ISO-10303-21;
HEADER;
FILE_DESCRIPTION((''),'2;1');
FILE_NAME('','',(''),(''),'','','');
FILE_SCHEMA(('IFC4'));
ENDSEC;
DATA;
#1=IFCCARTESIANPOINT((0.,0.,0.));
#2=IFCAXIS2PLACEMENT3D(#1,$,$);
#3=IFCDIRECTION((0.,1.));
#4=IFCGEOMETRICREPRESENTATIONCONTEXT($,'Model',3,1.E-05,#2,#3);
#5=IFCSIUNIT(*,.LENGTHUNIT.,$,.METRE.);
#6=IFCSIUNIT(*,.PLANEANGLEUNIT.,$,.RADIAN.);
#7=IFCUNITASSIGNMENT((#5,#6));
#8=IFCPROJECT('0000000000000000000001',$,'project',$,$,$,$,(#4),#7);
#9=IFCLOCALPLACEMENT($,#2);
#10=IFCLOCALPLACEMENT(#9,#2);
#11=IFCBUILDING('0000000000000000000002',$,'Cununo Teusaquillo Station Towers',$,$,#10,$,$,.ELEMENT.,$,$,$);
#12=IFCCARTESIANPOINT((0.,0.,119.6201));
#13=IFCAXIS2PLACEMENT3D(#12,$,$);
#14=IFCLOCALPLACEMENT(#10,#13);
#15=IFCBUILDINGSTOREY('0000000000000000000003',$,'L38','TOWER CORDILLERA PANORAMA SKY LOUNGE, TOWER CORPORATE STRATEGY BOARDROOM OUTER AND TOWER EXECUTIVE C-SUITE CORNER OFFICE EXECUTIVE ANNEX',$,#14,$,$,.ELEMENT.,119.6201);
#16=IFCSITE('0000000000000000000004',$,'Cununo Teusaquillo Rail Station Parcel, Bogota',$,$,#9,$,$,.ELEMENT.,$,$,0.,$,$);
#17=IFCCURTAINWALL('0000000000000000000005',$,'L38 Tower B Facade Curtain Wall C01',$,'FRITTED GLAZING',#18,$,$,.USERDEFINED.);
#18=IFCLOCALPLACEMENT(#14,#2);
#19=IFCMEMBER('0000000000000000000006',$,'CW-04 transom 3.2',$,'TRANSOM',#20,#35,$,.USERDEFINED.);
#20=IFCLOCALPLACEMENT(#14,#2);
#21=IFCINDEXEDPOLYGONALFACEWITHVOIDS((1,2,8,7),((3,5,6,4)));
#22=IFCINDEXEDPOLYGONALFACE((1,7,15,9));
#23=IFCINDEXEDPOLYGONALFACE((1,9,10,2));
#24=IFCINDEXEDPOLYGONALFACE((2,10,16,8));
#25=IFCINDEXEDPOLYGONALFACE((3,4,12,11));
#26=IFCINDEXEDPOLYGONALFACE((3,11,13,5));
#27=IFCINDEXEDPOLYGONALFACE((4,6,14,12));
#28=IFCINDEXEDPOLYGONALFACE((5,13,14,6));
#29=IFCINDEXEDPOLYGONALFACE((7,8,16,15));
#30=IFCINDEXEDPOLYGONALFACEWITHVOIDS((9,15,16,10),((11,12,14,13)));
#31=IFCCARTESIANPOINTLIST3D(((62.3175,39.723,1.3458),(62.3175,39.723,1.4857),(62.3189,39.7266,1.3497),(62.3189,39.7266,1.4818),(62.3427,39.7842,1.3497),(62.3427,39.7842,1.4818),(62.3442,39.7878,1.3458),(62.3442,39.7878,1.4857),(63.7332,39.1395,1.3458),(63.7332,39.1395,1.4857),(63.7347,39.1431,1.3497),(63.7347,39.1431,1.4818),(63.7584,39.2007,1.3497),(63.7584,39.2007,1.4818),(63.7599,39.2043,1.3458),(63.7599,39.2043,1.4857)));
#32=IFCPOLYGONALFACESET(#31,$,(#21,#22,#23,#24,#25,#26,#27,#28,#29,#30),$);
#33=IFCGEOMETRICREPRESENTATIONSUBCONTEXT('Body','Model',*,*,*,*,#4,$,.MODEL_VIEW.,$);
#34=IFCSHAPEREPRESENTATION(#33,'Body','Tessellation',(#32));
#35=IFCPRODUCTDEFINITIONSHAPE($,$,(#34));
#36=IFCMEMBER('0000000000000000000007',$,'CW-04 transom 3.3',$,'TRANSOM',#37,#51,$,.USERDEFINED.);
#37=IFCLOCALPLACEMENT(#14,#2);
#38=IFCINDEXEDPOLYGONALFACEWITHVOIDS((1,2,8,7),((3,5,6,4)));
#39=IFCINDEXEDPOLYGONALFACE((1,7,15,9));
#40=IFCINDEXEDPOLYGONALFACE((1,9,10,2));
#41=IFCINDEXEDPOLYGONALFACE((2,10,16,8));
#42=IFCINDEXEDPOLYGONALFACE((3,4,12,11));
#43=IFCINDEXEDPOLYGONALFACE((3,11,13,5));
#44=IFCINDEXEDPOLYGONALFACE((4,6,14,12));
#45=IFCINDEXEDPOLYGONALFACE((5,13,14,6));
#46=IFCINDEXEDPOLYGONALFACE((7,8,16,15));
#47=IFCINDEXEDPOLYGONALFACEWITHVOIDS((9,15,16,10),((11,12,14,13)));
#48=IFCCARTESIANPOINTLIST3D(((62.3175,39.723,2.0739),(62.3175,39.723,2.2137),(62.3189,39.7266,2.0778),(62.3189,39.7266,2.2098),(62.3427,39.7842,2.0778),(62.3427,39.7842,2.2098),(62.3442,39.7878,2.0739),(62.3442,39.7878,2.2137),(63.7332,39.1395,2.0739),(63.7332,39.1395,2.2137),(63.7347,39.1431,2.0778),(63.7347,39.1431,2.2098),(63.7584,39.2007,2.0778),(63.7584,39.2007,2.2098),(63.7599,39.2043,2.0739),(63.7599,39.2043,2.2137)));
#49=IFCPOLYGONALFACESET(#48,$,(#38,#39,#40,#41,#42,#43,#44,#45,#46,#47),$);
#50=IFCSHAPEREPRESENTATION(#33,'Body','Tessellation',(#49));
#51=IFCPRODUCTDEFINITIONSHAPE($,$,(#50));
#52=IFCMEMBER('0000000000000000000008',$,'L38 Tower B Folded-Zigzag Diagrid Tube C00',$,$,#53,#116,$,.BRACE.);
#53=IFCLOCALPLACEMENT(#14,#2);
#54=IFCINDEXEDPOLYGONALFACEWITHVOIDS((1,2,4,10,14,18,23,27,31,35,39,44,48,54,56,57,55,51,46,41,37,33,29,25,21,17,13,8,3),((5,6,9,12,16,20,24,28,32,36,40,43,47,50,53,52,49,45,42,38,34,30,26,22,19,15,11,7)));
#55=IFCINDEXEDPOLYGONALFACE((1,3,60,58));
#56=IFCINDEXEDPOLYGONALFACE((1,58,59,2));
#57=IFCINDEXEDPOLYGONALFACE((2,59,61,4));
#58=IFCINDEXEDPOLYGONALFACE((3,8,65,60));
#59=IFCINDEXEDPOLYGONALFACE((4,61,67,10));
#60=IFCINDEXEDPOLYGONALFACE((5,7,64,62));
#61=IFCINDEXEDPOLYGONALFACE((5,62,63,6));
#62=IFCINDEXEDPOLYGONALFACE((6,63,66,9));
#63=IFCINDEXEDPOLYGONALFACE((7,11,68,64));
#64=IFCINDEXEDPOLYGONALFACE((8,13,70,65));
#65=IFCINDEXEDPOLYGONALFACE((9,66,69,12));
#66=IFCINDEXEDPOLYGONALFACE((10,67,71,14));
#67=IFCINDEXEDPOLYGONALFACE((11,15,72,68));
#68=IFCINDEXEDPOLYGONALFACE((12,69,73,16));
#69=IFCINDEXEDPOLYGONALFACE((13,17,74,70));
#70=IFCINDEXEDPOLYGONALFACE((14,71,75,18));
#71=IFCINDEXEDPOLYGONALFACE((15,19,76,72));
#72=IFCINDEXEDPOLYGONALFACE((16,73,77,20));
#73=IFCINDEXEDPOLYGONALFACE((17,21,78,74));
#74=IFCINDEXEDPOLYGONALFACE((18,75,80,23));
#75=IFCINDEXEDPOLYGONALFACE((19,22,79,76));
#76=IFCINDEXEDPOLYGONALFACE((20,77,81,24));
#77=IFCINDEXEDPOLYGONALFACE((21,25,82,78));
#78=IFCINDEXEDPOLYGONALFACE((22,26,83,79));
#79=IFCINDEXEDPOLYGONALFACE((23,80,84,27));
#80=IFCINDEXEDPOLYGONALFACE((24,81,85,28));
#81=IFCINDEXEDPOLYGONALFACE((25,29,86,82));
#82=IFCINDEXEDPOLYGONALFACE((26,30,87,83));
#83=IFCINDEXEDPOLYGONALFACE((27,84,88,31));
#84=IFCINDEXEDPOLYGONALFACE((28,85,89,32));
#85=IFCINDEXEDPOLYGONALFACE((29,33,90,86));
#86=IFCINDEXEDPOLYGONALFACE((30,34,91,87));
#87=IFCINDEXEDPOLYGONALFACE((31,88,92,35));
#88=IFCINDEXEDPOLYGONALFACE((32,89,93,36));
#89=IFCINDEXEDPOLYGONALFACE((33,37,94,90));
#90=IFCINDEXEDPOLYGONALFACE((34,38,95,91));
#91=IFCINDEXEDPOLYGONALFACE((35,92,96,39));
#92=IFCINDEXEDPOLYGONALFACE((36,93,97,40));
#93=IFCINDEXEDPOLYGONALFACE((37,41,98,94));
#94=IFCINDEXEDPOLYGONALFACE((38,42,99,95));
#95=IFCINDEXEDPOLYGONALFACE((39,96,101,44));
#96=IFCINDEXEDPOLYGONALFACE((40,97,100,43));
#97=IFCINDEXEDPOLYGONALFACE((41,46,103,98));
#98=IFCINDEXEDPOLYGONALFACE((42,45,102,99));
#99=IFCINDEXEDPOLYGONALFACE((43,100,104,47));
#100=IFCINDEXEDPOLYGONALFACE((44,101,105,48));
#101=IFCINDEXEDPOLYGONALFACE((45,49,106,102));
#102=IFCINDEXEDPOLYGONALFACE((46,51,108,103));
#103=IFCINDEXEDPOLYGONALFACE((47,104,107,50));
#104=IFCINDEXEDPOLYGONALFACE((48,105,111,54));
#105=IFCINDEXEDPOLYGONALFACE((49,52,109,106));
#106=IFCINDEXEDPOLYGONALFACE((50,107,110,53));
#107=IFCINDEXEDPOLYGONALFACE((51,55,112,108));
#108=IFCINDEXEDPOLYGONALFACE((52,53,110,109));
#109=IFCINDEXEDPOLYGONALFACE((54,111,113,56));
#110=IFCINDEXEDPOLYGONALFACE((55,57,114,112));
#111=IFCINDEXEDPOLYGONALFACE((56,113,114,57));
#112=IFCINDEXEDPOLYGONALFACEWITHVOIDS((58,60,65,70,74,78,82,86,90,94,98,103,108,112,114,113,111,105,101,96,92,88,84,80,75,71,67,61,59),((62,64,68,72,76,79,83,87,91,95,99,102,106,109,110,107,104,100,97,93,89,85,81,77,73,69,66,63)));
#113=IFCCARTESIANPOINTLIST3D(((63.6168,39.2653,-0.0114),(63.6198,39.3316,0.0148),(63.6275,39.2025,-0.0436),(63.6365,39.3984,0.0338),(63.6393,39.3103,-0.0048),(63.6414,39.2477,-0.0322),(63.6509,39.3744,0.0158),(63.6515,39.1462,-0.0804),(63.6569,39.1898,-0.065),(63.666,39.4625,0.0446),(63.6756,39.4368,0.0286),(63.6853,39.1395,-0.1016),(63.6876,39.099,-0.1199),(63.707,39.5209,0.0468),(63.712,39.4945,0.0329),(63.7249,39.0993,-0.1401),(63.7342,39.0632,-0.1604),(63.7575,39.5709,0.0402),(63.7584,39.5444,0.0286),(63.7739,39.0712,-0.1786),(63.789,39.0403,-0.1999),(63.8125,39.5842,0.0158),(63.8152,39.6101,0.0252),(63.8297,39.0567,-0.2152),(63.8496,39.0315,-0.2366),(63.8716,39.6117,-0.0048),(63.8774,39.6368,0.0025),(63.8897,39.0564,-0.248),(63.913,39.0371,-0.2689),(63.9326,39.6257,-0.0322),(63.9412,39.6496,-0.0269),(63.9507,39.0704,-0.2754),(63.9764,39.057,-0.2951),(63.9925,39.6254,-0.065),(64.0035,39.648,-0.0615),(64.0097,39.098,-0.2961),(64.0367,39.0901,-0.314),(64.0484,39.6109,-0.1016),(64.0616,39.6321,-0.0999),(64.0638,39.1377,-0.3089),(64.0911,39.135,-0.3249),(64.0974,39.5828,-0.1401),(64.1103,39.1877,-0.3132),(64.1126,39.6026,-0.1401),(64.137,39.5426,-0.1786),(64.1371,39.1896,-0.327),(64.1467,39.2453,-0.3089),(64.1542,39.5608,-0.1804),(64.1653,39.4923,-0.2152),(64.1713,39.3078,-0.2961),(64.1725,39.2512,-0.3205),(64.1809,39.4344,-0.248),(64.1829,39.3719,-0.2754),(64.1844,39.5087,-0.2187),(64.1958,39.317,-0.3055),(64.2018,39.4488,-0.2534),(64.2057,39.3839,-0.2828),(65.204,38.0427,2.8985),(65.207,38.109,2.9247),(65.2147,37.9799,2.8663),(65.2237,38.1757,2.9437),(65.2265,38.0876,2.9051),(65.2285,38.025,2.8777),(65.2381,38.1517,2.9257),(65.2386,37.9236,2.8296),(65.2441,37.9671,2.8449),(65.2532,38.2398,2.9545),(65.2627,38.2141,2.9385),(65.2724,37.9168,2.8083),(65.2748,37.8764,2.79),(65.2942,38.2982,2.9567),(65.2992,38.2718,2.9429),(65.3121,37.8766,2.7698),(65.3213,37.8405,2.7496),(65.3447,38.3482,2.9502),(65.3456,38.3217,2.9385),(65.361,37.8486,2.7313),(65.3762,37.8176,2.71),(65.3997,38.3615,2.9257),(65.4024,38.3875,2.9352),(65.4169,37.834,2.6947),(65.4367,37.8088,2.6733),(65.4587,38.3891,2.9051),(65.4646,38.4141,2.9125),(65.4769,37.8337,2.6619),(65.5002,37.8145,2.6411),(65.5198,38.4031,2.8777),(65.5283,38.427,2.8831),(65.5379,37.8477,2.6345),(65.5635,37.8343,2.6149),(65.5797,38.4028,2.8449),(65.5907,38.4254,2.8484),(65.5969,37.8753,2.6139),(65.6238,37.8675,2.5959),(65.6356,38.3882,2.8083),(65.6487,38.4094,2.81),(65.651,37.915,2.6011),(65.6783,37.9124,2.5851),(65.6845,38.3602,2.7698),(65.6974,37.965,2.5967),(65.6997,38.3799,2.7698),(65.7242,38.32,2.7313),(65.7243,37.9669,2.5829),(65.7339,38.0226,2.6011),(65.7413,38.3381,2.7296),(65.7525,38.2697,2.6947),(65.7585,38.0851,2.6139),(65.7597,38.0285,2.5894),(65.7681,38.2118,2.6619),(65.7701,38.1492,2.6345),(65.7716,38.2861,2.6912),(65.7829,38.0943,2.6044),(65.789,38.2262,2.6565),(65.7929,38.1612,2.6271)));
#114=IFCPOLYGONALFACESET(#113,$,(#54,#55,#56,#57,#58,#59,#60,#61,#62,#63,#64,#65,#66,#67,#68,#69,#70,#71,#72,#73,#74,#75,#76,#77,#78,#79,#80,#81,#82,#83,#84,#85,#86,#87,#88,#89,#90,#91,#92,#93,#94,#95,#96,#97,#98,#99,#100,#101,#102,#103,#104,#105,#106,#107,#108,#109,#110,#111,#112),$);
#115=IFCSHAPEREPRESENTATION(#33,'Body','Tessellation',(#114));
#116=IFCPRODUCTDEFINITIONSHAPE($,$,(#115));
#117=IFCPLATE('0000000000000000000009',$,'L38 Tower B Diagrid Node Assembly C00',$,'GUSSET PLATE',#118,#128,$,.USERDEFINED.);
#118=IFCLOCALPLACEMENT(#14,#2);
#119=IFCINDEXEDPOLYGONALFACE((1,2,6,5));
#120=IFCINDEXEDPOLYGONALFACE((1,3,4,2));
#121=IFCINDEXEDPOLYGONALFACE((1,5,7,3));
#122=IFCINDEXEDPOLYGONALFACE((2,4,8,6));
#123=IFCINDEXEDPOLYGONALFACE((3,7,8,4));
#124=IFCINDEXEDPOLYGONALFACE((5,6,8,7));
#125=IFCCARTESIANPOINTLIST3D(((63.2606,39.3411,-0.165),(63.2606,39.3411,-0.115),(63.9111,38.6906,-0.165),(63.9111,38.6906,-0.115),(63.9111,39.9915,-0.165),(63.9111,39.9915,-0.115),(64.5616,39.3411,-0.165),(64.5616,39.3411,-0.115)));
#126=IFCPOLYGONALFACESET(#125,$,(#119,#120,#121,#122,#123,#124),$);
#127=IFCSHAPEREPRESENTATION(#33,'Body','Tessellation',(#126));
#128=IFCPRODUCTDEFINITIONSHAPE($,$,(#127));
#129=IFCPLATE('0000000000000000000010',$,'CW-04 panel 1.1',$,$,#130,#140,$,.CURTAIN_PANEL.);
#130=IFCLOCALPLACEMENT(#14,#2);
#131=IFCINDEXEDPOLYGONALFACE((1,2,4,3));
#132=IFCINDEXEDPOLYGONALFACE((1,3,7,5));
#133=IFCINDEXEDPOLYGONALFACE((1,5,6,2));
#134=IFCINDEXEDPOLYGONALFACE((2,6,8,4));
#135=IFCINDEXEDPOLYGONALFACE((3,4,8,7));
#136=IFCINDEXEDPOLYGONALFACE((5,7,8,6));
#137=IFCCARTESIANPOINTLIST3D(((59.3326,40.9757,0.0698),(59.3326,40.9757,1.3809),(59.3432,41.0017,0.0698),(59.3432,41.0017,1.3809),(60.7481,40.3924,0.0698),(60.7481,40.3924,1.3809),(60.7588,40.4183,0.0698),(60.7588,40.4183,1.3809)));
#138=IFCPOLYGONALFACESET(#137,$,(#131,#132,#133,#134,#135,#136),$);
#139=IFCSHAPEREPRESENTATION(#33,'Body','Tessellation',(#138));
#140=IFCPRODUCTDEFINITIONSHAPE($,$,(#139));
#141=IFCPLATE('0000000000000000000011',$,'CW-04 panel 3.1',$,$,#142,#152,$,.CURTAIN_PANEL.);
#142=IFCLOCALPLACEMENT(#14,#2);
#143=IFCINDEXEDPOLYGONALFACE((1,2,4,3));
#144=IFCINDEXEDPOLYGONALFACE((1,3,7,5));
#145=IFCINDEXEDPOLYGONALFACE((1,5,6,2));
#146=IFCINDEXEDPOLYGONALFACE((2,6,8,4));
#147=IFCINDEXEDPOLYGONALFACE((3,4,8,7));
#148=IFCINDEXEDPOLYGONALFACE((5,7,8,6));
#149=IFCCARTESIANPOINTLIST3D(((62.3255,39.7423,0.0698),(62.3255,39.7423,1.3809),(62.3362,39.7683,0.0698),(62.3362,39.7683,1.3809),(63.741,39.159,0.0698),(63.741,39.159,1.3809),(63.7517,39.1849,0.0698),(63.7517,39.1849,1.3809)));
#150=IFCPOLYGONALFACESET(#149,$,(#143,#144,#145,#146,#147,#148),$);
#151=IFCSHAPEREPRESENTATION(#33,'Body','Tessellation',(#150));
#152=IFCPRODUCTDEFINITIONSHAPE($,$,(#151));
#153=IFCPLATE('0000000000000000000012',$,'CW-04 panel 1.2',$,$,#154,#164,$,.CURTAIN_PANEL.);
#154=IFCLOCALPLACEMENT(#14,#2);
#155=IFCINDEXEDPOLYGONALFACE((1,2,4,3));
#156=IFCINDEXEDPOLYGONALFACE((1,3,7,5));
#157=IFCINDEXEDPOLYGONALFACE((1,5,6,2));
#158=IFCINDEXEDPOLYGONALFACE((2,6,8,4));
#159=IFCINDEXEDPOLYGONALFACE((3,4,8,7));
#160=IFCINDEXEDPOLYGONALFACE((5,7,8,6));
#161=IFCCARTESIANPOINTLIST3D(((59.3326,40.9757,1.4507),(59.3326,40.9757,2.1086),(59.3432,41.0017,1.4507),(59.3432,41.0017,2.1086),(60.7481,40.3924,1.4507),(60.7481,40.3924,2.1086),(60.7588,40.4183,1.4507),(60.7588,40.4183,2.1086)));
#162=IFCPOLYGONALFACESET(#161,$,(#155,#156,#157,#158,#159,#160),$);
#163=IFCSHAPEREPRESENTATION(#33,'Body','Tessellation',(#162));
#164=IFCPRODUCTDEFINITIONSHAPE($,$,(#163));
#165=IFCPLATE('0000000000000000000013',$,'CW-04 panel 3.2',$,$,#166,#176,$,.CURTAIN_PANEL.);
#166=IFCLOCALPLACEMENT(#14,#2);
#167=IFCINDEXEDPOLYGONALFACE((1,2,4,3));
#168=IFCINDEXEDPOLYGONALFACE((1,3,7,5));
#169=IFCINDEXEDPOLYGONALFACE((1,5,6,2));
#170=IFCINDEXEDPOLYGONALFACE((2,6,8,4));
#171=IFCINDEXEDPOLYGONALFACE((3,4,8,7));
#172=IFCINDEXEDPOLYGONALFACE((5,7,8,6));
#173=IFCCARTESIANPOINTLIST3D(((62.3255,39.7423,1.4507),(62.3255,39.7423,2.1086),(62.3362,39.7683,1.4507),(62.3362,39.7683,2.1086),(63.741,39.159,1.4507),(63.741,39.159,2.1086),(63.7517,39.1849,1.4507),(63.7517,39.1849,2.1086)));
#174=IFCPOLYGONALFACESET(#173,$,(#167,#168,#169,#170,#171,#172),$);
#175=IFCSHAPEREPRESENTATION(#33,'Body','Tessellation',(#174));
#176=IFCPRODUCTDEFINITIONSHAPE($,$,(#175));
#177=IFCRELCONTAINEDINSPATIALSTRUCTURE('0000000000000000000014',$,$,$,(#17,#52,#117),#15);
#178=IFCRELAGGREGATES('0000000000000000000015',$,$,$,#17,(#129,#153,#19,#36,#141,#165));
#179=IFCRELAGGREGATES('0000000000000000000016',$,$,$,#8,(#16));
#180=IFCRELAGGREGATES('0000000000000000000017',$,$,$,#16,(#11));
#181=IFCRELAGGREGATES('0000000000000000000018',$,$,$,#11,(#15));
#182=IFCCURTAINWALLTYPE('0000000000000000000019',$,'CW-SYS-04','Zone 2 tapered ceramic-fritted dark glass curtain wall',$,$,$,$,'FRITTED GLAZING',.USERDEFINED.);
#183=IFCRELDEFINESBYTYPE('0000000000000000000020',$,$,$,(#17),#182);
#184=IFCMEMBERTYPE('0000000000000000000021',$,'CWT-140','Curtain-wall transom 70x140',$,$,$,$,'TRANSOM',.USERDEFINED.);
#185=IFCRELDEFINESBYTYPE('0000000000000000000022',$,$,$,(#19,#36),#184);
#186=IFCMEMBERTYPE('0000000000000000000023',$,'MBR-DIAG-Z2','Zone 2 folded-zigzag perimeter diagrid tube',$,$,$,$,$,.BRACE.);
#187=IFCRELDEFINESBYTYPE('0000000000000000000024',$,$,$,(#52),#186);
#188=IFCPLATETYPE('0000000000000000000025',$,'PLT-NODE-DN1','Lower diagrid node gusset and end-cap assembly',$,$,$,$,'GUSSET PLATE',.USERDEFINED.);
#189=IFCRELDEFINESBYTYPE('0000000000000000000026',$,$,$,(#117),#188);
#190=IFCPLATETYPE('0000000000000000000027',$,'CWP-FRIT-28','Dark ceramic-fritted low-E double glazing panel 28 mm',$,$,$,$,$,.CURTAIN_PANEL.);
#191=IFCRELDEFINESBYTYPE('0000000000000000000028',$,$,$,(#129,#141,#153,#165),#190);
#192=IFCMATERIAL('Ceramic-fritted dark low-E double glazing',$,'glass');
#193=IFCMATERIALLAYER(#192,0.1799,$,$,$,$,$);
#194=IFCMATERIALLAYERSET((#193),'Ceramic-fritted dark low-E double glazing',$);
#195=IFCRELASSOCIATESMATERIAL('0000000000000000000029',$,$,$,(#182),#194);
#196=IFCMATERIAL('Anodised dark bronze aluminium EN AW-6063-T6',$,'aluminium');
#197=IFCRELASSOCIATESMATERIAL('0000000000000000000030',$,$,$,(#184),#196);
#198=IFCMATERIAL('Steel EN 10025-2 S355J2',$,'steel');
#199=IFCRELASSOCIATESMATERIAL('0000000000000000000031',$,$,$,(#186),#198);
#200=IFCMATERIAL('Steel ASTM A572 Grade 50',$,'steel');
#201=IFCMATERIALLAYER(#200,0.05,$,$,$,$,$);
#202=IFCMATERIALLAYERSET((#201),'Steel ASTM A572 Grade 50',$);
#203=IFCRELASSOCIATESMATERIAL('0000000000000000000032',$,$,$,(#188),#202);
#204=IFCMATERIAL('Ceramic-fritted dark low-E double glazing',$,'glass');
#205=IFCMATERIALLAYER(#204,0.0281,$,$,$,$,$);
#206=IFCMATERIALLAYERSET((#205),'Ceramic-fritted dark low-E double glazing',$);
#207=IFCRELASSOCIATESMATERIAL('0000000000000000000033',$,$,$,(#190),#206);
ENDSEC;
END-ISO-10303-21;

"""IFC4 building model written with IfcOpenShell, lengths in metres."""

from ifc_helpers import new_model, si_unit, direction, frame, origin, origin_2d, place, context, subcontext, project, spatial, rectangle, hollow_rectangle, hollow_circle, extrude, source, transform, mapped, material, layer, layer_set, material_profile, profile_set, type_object, element, aggregate, save


model = new_model("IFC4")

# Units and contexts
model_context = context("Model", 3, precision=1e-05, world=origin(), true_north=direction((0.0, 1.0)))
body_context = subcontext(model_context, "Body", "Model", "MODEL_VIEW")
ifc_project = project(units=[si_unit("LENGTHUNIT", "METRE"), si_unit("PLANEANGLEUNIT", "RADIAN")], contexts=[model_context])

# Site, building, storey
site_placement = place(None, origin())
site = spatial("IfcSite", under=ifc_project, at=site_placement, Name="Cununo Teusaquillo Rail Station Parcel, Bogota", CompositionType="ELEMENT", RefElevation=0.0)
building_placement = place(site_placement, origin())
building = spatial("IfcBuilding", under=site, at=building_placement, Name="Cununo Teusaquillo Station Towers", CompositionType="ELEMENT")
storey_placement = place(building_placement, frame((0.0, 0.0, 119.6201)))
storey = spatial("IfcBuildingStorey", under=building, at=storey_placement, Name="L38", Description="TOWER CORDILLERA PANORAMA SKY LOUNGE, TOWER CORPORATE STRATEGY BOARDROOM OUTER AND TOWER EXECUTIVE C-SUITE CORNER OFFICE EXECUTIVE ANNEX", CompositionType="ELEMENT", Elevation=119.6201)

# Curtain wall, members
ifc_material_1 = material(Name="Ceramic-fritted dark low-E double glazing", Category="glass")
ifc_layer_1 = layer(ifc_material_1, 0.1799)
ifc_layer_set_1 = layer_set([ifc_layer_1], Name="Ceramic-fritted dark low-E double glazing")
curtain_wall_type = type_object("IfcCurtainWallType", Name="CW-SYS-04", Description="Zone 2 tapered ceramic-fritted dark glass curtain wall", ElementType="FRITTED GLAZING", PredefinedType="USERDEFINED", material=ifc_layer_set_1)
curtain_wall_placement = place(storey_placement, origin())
curtain_wall = element("IfcCurtainWall", 1, at=curtain_wall_placement, inside=storey, type_object=curtain_wall_type, Name="L38 Tower B Facade Curtain Wall C01", ObjectType="FRITTED GLAZING", PredefinedType="USERDEFINED")
ifc_material_2 = material(Name="Anodised dark bronze aluminium EN AW-6063-T6", Category="aluminium")
ifc_material_profile_1 = material_profile(ifc_material_2, hollow_rectangle(XDim=0.0701, YDim=0.1399, WallThickness=0.0039, at=origin_2d()), Name="CW-TRAN-70x140")
ifc_profile_set_1 = profile_set([ifc_material_profile_1], Name="Anodised dark bronze aluminium EN AW-6063-T6")
member_type_1 = type_object("IfcMemberType", Name="CWT-140", Description="Curtain-wall transom 70x140", ElementType="TRANSOM", PredefinedType="USERDEFINED", material=ifc_profile_set_1)
member_1_placement = place(storey_placement, frame((62.3308, 39.7554, 1.4158), z_axis=(0.924556, -0.381046, 0.0), x_axis=(0.381046, 0.924556, 0.0)))
member_1 = element("IfcMember", 2, at=member_1_placement, type_object=member_type_1, Name="CW-04 transom 3.2", ObjectType="TRANSOM", PredefinedType="USERDEFINED", context=body_context, shape_type="SweptSolid", body=[
    extrude(hollow_rectangle(XDim=0.0701, YDim=0.1399, WallThickness=0.0039, at=origin_2d()), origin(), (0.0, 0.0, 1.0), 1.5312),
])
member_2_placement = place(storey_placement, frame((62.3308, 39.7554, 2.1438), z_axis=(0.924556, -0.381046, 0.0), x_axis=(0.381046, 0.924556, 0.0)))
member_2 = element("IfcMember", 3, at=member_2_placement, type_object=member_type_1, Name="CW-04 transom 3.3", ObjectType="TRANSOM", PredefinedType="USERDEFINED", context=body_context, shape_type="SweptSolid", body=[
    extrude(hollow_rectangle(XDim=0.0701, YDim=0.1399, WallThickness=0.0039, at=origin_2d()), origin(), (0.0, 0.0, 1.0), 1.5312),
])

# Member
ifc_material_3 = material(Name="Steel EN 10025-2 S355J2", Category="steel")
ifc_material_profile_2 = material_profile(ifc_material_3, hollow_circle(Radius=0.3301, WallThickness=0.0249, at=origin_2d()), Name="CHS 660x25")
ifc_profile_set_2 = profile_set([ifc_material_profile_2], Name="Steel EN 10025-2 S355J2")
member_type_2 = type_object("IfcMemberType", Name="MBR-DIAG-Z2", Description="Zone 2 folded-zigzag perimeter diagrid tube", PredefinedType="BRACE", material=ifc_profile_set_2)
member_3_placement = place(storey_placement, frame((63.9111, 39.3411, -0.1401), z_axis=(0.449248, -0.346075, 0.823656), x_axis=(0.610264, 0.792198, 0.0)))
element("IfcMember", 4, at=member_3_placement, inside=storey, type_object=member_type_2, Name="L38 Tower B Folded-Zigzag Diagrid Tube C00", PredefinedType="BRACE", context=body_context, shape_type="SweptSolid", body=[
    extrude(hollow_circle(Radius=0.3301, WallThickness=0.0249, at=origin_2d()), origin(), (0.0, 0.0, 1.0), 3.533),
])

# Plates
ifc_material_4 = material(Name="Steel ASTM A572 Grade 50", Category="steel")
ifc_layer_2 = layer(ifc_material_4, 0.05)
ifc_layer_set_2 = layer_set([ifc_layer_2], Name="Steel ASTM A572 Grade 50")
plate_type_1 = type_object("IfcPlateType", Name="PLT-NODE-DN1", Description="Lower diagrid node gusset and end-cap assembly", ElementType="GUSSET PLATE", PredefinedType="USERDEFINED", material=ifc_layer_set_2)
shared_shape_1 = source(origin(), body_context, "Body", "SweptSolid", [
    extrude(rectangle(XDim=0.9199, YDim=0.9199, at=origin_2d()), origin(), (0.0, 0.0, 1.0), 0.05),
])
plate_1_placement = place(storey_placement, frame((63.9111, 39.3411, -0.165), z_axis=(0.0, 0.0, 1.0), x_axis=(0.707107, 0.707107, 0.0)))
element("IfcPlate", 5, at=plate_1_placement, inside=storey, type_object=plate_type_1, Name="L38 Tower B Diagrid Node Assembly C00", ObjectType="GUSSET PLATE", PredefinedType="USERDEFINED", context=body_context, shape_type="MappedRepresentation", body=[
    mapped(shared_shape_1, transform((0.0, 0.0, 0.0), x_axis=(1.0, 0.0, 0.0), y_axis=(0.0, 1.0, 0.0), z_axis=(0.0, 0.0, 1.0), scale=1.0)),
])
ifc_material_5 = material(Name="Ceramic-fritted dark low-E double glazing", Category="glass")
ifc_layer_3 = layer(ifc_material_5, 0.0281)
ifc_layer_set_3 = layer_set([ifc_layer_3], Name="Ceramic-fritted dark low-E double glazing")
plate_type_2 = type_object("IfcPlateType", Name="CWP-FRIT-28", Description="Dark ceramic-fritted low-E double glazing panel 28 mm", PredefinedType="CURTAIN_PANEL", material=ifc_layer_set_3)
shared_shape_2 = source(origin(), body_context, "Body", "SweptSolid", [
    extrude(rectangle(XDim=1.531, YDim=0.0281, at=origin_2d()), origin(), (0.0, 0.0, 1.0), 1.311),
])
plate_2_placement = place(storey_placement, frame((60.0457, 40.697, 0.0698), z_axis=(0.0, 0.0, 1.0), x_axis=(0.924562, -0.381031, 0.0)))
plate_2 = element("IfcPlate", 6, at=plate_2_placement, type_object=plate_type_2, Name="CW-04 panel 1.1", PredefinedType="CURTAIN_PANEL", context=body_context, shape_type="MappedRepresentation", body=[
    mapped(shared_shape_2, transform((0.0, 0.0, 0.0), x_axis=(1.0, 0.0, 0.0), y_axis=(0.0, 1.0, 0.0), z_axis=(0.0, 0.0, 1.0), scale=1.0)),
])
plate_3_placement = place(storey_placement, frame((63.0386, 39.4636, 0.0698), z_axis=(0.0, 0.0, 1.0), x_axis=(0.924562, -0.381031, 0.0)))
plate_3 = element("IfcPlate", 7, at=plate_3_placement, type_object=plate_type_2, Name="CW-04 panel 3.1", PredefinedType="CURTAIN_PANEL", context=body_context, shape_type="MappedRepresentation", body=[
    mapped(shared_shape_2, transform((0.0, 0.0, 0.0), x_axis=(1.0, 0.0, 0.0), y_axis=(0.0, 1.0, 0.0), z_axis=(0.0, 0.0, 1.0), scale=1.0)),
])
shared_shape_3 = source(origin(), body_context, "Body", "SweptSolid", [
    extrude(rectangle(XDim=1.531, YDim=0.0281, at=origin_2d()), origin(), (0.0, 0.0, 1.0), 0.658),
])
plate_4_placement = place(storey_placement, frame((60.0457, 40.697, 1.4507), z_axis=(0.0, 0.0, 1.0), x_axis=(0.924562, -0.381031, 0.0)))
plate_4 = element("IfcPlate", 8, at=plate_4_placement, type_object=plate_type_2, Name="CW-04 panel 1.2", PredefinedType="CURTAIN_PANEL", context=body_context, shape_type="MappedRepresentation", body=[
    mapped(shared_shape_3, transform((0.0, 0.0, 0.0), x_axis=(1.0, 0.0, 0.0), y_axis=(0.0, 1.0, 0.0), z_axis=(0.0, 0.0, 1.0), scale=1.0)),
])
plate_5_placement = place(storey_placement, frame((63.0386, 39.4636, 1.4507), z_axis=(0.0, 0.0, 1.0), x_axis=(0.924562, -0.381031, 0.0)))
plate_5 = element("IfcPlate", 9, at=plate_5_placement, type_object=plate_type_2, Name="CW-04 panel 3.2", PredefinedType="CURTAIN_PANEL", context=body_context, shape_type="MappedRepresentation", body=[
    mapped(shared_shape_3, transform((0.0, 0.0, 0.0), x_axis=(1.0, 0.0, 0.0), y_axis=(0.0, 1.0, 0.0), z_axis=(0.0, 0.0, 1.0), scale=1.0)),
])
aggregate(curtain_wall, [plate_2, plate_4, member_1, member_2, plate_3, plate_5])

save(model, "model.ifc")
